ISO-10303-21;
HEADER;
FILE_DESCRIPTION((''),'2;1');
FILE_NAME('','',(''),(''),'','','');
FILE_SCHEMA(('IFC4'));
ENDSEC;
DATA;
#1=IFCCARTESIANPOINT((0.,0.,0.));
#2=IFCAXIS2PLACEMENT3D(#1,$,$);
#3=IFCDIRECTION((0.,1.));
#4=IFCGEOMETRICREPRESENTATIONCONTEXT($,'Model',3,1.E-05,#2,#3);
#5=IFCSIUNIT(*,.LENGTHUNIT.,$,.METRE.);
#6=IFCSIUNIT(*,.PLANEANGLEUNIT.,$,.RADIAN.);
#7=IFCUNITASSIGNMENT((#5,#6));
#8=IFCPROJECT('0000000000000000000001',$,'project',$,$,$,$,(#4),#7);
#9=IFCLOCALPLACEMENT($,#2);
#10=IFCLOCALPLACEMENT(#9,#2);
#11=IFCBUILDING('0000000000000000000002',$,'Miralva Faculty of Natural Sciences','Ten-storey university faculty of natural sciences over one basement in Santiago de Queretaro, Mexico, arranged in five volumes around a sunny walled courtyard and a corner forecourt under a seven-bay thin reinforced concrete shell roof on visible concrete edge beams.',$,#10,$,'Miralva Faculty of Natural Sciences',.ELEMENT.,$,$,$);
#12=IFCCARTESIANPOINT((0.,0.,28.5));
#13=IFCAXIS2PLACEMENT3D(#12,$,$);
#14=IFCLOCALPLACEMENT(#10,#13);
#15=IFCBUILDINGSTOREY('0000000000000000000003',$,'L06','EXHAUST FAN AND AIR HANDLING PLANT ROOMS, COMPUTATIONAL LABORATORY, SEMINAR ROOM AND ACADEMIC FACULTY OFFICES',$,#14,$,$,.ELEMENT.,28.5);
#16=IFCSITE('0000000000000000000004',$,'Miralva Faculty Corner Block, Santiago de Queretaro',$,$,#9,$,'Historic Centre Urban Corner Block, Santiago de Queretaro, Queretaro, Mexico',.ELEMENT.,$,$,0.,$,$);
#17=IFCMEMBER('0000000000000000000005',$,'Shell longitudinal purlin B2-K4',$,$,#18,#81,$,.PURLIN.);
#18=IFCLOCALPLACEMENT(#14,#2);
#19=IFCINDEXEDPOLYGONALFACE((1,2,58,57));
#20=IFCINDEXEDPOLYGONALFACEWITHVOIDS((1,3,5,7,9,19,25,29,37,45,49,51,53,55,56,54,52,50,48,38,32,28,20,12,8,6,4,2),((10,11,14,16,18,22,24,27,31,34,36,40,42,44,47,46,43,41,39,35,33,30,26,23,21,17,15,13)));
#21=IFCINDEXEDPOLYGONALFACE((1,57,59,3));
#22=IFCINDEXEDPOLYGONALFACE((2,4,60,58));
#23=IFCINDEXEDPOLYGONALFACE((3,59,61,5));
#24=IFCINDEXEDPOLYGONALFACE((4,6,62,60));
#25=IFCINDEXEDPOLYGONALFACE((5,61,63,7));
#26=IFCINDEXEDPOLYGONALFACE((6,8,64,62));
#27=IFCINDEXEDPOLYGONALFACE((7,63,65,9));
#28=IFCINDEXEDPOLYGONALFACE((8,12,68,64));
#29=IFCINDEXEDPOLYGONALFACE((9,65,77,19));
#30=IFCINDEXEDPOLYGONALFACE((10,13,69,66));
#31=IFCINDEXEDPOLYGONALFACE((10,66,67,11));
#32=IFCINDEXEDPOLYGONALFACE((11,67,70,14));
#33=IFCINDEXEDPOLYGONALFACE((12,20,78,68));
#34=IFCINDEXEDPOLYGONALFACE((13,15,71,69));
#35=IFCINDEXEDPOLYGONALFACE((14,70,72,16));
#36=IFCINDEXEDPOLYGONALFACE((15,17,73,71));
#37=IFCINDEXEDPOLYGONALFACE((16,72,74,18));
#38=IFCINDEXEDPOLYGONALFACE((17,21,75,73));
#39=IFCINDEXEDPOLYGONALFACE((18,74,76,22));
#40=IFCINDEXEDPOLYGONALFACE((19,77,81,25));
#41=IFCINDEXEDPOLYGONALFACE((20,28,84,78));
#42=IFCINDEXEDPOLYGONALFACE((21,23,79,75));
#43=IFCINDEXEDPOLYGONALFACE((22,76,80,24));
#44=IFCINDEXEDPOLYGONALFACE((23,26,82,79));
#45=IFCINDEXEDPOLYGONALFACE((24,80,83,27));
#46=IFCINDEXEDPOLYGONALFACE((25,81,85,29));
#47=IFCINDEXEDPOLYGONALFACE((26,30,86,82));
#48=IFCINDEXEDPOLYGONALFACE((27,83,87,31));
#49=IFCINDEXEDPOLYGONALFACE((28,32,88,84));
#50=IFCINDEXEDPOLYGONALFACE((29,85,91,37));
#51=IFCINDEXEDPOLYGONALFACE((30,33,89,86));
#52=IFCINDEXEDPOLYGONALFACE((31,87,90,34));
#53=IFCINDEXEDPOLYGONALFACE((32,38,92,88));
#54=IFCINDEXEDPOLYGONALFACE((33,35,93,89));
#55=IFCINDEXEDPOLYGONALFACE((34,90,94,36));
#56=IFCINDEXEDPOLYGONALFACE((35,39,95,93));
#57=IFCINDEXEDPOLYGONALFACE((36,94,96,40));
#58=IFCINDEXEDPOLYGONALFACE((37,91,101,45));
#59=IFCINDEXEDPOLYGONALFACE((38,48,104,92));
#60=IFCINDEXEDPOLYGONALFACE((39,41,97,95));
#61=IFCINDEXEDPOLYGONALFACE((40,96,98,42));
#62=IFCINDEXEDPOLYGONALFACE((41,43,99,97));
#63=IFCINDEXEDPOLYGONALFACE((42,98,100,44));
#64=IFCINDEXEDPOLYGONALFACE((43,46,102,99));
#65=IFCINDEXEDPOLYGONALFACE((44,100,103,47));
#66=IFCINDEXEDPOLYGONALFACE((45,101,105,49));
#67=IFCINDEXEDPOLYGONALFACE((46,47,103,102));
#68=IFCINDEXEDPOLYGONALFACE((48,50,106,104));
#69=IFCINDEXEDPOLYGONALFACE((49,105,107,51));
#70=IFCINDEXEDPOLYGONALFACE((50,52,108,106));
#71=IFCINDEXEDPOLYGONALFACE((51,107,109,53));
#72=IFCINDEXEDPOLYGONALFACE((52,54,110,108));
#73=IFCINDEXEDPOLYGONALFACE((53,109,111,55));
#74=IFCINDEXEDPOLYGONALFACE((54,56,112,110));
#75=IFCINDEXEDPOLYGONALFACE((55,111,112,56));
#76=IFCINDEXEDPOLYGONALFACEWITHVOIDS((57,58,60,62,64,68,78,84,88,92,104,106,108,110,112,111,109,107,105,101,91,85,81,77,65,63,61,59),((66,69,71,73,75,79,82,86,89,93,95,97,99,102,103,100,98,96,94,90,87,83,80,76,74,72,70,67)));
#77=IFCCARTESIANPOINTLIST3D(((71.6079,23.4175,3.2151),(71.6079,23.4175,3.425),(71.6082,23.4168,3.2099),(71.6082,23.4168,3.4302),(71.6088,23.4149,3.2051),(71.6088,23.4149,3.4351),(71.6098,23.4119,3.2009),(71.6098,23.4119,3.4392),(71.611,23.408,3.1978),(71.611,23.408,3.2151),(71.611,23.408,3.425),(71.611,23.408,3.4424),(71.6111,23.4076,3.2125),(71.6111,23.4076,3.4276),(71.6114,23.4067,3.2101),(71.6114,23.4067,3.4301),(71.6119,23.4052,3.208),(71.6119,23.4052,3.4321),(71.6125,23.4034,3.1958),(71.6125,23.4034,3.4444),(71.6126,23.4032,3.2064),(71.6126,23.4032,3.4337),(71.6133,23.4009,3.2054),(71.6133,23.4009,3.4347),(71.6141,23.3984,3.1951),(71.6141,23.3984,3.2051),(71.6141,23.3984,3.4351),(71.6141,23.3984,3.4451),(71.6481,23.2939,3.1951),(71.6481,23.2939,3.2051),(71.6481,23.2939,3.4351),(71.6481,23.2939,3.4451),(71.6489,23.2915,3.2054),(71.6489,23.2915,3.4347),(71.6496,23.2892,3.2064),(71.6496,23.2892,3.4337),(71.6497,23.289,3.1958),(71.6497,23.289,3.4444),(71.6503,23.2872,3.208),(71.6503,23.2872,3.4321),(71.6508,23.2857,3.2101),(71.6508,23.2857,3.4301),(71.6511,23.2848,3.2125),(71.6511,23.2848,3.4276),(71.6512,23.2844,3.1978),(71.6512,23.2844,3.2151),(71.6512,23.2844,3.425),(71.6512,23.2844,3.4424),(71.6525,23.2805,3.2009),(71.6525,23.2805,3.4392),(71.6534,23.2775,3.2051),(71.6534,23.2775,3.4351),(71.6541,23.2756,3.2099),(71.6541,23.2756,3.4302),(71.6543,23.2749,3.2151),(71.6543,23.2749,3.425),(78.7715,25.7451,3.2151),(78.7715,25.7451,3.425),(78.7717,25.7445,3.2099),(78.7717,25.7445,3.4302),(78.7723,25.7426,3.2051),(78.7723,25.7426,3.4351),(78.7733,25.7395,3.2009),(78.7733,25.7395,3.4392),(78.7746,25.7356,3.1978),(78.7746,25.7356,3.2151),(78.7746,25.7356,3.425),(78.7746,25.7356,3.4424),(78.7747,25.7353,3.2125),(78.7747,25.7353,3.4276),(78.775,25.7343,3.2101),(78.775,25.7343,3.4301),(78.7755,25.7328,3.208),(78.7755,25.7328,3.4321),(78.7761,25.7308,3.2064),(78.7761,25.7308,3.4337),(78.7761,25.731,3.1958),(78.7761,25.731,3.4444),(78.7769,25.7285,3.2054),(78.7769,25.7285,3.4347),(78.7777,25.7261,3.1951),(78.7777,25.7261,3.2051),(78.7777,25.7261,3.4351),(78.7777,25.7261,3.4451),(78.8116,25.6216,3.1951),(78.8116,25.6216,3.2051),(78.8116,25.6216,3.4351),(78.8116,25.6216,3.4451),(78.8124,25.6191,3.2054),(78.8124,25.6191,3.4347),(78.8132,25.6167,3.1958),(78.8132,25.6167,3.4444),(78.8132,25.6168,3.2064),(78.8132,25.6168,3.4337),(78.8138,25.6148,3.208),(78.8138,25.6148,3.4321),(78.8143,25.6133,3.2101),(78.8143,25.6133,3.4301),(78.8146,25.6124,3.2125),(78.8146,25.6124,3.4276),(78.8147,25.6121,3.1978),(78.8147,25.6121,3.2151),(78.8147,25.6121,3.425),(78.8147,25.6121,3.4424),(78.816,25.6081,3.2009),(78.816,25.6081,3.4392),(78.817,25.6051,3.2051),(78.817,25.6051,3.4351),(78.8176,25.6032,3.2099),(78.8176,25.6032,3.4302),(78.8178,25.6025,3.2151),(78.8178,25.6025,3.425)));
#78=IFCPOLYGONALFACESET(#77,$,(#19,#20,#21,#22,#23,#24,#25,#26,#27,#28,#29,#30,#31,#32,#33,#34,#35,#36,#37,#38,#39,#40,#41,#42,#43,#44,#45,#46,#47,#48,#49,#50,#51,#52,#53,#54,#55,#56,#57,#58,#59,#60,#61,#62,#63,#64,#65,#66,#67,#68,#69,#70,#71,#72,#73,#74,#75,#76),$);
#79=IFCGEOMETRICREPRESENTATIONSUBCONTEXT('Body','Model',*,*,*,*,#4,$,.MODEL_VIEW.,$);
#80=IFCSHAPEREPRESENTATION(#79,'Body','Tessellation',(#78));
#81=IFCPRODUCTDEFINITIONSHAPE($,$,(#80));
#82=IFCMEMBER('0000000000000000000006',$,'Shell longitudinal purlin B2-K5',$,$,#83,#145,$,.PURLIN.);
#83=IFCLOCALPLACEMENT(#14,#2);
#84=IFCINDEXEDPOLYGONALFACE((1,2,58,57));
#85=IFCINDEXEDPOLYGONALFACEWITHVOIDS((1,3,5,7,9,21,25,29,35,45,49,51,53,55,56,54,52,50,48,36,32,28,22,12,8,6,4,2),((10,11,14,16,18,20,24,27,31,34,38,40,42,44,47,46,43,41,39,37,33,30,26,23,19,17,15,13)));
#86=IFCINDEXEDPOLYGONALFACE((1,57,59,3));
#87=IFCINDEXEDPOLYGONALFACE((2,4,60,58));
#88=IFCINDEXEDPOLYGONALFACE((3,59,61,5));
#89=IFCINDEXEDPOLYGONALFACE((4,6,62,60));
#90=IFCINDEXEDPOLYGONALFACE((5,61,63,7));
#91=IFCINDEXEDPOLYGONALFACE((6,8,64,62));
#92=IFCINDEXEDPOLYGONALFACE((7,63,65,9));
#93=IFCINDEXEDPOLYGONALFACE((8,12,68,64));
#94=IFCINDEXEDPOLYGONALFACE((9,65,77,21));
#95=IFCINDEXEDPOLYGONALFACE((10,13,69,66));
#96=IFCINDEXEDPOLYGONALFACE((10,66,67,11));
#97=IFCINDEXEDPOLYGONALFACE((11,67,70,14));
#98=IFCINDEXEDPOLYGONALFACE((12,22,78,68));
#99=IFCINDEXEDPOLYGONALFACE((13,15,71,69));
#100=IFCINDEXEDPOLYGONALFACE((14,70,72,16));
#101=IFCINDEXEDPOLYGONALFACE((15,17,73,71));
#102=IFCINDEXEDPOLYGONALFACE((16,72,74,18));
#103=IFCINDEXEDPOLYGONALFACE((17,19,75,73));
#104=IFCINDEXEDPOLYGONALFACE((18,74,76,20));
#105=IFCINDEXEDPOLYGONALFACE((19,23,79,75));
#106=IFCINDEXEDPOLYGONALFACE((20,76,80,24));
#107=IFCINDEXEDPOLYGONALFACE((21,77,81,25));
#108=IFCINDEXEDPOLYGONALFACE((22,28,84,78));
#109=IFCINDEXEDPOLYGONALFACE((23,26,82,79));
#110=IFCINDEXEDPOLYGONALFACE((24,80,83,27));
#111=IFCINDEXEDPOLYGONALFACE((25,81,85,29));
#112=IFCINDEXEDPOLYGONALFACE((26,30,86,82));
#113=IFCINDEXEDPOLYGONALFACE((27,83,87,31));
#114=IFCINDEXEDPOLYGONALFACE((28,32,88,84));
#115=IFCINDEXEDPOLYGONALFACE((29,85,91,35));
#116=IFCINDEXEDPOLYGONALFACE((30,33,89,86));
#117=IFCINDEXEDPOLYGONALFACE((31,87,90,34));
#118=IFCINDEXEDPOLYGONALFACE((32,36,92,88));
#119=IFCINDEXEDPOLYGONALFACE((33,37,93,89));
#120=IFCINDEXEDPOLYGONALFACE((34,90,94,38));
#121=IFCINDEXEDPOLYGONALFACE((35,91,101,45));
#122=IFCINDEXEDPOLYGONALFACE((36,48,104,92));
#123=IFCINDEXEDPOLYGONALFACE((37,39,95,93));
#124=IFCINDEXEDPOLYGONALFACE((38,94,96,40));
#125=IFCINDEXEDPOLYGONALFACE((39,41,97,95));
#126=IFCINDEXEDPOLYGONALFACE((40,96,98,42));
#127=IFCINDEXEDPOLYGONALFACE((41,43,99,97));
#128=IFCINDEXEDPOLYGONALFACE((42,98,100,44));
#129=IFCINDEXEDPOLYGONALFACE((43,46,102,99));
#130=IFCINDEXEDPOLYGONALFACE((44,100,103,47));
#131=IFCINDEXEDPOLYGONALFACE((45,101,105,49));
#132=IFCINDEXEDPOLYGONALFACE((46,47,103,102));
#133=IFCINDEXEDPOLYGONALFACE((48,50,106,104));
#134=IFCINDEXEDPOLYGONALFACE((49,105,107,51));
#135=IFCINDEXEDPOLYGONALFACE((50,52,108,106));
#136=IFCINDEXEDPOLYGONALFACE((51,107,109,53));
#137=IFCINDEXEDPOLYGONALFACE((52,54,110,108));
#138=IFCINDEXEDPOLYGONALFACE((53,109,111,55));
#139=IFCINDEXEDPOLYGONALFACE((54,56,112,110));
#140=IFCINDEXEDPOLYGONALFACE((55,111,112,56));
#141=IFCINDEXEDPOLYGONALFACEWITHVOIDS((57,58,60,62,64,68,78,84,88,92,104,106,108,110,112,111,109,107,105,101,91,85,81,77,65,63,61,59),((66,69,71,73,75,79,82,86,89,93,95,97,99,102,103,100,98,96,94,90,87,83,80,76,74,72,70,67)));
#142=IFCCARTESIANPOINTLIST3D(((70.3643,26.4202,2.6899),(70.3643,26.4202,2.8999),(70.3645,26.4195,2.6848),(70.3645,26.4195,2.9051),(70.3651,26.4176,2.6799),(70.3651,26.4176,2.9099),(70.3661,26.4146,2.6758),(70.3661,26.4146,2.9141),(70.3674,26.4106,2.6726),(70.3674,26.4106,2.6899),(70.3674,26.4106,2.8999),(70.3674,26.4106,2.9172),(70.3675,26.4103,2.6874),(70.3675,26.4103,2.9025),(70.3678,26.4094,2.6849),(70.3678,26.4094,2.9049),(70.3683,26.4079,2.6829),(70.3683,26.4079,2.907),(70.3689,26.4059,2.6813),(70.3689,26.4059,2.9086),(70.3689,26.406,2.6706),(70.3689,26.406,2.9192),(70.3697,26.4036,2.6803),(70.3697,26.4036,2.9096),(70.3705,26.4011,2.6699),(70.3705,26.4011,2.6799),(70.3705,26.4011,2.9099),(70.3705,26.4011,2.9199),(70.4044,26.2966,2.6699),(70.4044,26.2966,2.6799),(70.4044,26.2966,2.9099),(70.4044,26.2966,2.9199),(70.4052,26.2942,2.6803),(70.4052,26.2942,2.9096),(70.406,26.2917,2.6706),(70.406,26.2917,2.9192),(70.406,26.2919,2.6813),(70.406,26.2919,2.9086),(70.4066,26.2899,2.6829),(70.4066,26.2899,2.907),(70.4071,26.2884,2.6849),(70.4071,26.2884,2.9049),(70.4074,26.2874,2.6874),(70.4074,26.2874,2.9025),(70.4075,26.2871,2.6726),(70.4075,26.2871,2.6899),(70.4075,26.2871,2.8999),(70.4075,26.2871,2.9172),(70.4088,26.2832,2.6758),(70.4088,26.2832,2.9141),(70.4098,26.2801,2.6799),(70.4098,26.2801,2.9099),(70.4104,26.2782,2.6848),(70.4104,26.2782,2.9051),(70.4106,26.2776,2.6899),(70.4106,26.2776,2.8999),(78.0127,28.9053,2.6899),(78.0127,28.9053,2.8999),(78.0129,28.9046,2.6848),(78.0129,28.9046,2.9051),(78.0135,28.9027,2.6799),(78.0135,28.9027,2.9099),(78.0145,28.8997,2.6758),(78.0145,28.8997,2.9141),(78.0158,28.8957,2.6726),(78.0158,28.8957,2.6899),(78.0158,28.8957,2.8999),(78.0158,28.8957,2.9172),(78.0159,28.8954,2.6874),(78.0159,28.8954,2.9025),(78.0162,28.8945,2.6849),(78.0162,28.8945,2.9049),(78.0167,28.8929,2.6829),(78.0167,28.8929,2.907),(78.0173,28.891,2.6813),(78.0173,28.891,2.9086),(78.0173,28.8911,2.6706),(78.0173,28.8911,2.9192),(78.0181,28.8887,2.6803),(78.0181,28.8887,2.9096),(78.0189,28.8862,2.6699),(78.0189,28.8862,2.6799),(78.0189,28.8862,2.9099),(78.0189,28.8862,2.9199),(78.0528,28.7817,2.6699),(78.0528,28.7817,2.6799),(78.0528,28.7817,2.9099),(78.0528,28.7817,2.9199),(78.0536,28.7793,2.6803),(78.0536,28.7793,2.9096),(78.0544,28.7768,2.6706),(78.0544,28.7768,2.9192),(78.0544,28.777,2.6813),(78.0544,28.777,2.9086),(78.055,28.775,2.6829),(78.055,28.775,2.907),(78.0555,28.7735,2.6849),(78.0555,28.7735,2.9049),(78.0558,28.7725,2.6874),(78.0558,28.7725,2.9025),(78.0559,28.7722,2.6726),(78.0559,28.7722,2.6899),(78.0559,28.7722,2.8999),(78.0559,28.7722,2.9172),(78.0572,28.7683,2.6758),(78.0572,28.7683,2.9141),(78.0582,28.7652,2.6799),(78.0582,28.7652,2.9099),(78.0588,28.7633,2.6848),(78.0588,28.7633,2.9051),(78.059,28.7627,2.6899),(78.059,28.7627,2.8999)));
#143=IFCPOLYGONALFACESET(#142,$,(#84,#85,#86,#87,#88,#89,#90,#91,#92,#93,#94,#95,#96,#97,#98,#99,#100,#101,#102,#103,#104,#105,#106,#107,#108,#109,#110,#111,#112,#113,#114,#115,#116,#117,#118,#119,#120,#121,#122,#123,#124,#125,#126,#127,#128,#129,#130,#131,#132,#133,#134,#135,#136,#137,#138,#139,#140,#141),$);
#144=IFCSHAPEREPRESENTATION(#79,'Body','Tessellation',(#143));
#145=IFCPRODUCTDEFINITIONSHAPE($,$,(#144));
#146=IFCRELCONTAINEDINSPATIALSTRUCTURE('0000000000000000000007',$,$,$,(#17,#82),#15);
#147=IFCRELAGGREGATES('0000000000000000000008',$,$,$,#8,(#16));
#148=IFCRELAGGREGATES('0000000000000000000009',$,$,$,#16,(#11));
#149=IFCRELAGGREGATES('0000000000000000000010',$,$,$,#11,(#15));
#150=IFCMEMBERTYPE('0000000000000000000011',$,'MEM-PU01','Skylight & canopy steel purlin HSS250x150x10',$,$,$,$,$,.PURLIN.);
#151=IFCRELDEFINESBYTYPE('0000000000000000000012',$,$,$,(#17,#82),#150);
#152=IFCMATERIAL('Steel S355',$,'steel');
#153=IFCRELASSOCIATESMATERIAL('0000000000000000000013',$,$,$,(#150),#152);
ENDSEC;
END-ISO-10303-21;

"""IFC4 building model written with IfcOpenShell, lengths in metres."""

from ifc_helpers import new_model, si_unit, direction, frame, origin, origin_2d, place, context, subcontext, project, spatial, hollow_rectangle, extrude, material, material_profile, profile_set, type_object, element, save


model = new_model("IFC4")

# Units and contexts
model_context = context("Model", 3, precision=1e-05, world=origin(), true_north=direction((0.0, 1.0)))
body_context = subcontext(model_context, "Body", "Model", "MODEL_VIEW")
ifc_project = project(units=[si_unit("LENGTHUNIT", "METRE"), si_unit("PLANEANGLEUNIT", "RADIAN")], contexts=[model_context])

# Site, building, storey
site_placement = place(None, origin())
site = spatial("IfcSite", under=ifc_project, at=site_placement, Name="Miralva Faculty Corner Block, Santiago de Queretaro", LongName="Historic Centre Urban Corner Block, Santiago de Queretaro, Queretaro, Mexico", CompositionType="ELEMENT", RefElevation=0.0)
building_placement = place(site_placement, origin())
building = spatial("IfcBuilding", under=site, at=building_placement, Name="Miralva Faculty of Natural Sciences", Description="Ten-storey university faculty of natural sciences over one basement in Santiago de Queretaro, Mexico, arranged in five volumes around a sunny walled courtyard and a corner forecourt under a seven-bay thin reinforced concrete shell roof on visible concrete edge beams.", LongName="Miralva Faculty of Natural Sciences", CompositionType="ELEMENT")
storey_placement = place(building_placement, frame((0.0, 0.0, 28.5)))
storey = spatial("IfcBuildingStorey", under=building, at=storey_placement, Name="L06", Description="EXHAUST FAN AND AIR HANDLING PLANT ROOMS, COMPUTATIONAL LABORATORY, SEMINAR ROOM AND ACADEMIC FACULTY OFFICES", CompositionType="ELEMENT", Elevation=28.5)

# Members
ifc_material_1 = material(Name="Steel S355", Category="steel")
ifc_material_profile_1 = material_profile(ifc_material_1, hollow_rectangle(XDim=0.1499, YDim=0.25, WallThickness=0.01, InnerFilletRadius=0.01, OuterFilletRadius=0.02, at=origin_2d()), Name="HSS 250x150x10")
ifc_profile_set_1 = profile_set([ifc_material_profile_1], Name="Steel S355")
member_type = type_object("IfcMemberType", Name="MEM-PU01", Description="Skylight & canopy steel purlin HSS250x150x10", PredefinedType="PURLIN", material=ifc_profile_set_1)
member_1_placement = place(storey_placement, frame((71.6311, 23.3462, 3.3201), z_axis=(0.951055, 0.309023, 0.0), x_axis=(-0.309023, 0.951055, 0.0)))
element("IfcMember", 1, at=member_1_placement, inside=storey, type_object=member_type, Name="Shell longitudinal purlin B2-K4", PredefinedType="PURLIN", context=body_context, shape_type="SweptSolid", body=[
    extrude(hollow_rectangle(XDim=0.1499, YDim=0.25, WallThickness=0.01, InnerFilletRadius=0.01, OuterFilletRadius=0.02, at=origin_2d()), origin(), (0.0, 0.0, 1.0), 7.5322),
])
member_2_placement = place(storey_placement, frame((70.3875, 26.3489, 2.7949), z_axis=(0.951057, 0.309015, 0.0), x_axis=(-0.309015, 0.951057, 0.0)))
element("IfcMember", 2, at=member_2_placement, inside=storey, type_object=member_type, Name="Shell longitudinal purlin B2-K5", PredefinedType="PURLIN", context=body_context, shape_type="SweptSolid", body=[
    extrude(hollow_rectangle(XDim=0.1499, YDim=0.25, WallThickness=0.01, InnerFilletRadius=0.01, OuterFilletRadius=0.02, at=origin_2d()), origin(), (0.0, 0.0, 1.0), 8.042),
])

save(model, "model.ifc")
